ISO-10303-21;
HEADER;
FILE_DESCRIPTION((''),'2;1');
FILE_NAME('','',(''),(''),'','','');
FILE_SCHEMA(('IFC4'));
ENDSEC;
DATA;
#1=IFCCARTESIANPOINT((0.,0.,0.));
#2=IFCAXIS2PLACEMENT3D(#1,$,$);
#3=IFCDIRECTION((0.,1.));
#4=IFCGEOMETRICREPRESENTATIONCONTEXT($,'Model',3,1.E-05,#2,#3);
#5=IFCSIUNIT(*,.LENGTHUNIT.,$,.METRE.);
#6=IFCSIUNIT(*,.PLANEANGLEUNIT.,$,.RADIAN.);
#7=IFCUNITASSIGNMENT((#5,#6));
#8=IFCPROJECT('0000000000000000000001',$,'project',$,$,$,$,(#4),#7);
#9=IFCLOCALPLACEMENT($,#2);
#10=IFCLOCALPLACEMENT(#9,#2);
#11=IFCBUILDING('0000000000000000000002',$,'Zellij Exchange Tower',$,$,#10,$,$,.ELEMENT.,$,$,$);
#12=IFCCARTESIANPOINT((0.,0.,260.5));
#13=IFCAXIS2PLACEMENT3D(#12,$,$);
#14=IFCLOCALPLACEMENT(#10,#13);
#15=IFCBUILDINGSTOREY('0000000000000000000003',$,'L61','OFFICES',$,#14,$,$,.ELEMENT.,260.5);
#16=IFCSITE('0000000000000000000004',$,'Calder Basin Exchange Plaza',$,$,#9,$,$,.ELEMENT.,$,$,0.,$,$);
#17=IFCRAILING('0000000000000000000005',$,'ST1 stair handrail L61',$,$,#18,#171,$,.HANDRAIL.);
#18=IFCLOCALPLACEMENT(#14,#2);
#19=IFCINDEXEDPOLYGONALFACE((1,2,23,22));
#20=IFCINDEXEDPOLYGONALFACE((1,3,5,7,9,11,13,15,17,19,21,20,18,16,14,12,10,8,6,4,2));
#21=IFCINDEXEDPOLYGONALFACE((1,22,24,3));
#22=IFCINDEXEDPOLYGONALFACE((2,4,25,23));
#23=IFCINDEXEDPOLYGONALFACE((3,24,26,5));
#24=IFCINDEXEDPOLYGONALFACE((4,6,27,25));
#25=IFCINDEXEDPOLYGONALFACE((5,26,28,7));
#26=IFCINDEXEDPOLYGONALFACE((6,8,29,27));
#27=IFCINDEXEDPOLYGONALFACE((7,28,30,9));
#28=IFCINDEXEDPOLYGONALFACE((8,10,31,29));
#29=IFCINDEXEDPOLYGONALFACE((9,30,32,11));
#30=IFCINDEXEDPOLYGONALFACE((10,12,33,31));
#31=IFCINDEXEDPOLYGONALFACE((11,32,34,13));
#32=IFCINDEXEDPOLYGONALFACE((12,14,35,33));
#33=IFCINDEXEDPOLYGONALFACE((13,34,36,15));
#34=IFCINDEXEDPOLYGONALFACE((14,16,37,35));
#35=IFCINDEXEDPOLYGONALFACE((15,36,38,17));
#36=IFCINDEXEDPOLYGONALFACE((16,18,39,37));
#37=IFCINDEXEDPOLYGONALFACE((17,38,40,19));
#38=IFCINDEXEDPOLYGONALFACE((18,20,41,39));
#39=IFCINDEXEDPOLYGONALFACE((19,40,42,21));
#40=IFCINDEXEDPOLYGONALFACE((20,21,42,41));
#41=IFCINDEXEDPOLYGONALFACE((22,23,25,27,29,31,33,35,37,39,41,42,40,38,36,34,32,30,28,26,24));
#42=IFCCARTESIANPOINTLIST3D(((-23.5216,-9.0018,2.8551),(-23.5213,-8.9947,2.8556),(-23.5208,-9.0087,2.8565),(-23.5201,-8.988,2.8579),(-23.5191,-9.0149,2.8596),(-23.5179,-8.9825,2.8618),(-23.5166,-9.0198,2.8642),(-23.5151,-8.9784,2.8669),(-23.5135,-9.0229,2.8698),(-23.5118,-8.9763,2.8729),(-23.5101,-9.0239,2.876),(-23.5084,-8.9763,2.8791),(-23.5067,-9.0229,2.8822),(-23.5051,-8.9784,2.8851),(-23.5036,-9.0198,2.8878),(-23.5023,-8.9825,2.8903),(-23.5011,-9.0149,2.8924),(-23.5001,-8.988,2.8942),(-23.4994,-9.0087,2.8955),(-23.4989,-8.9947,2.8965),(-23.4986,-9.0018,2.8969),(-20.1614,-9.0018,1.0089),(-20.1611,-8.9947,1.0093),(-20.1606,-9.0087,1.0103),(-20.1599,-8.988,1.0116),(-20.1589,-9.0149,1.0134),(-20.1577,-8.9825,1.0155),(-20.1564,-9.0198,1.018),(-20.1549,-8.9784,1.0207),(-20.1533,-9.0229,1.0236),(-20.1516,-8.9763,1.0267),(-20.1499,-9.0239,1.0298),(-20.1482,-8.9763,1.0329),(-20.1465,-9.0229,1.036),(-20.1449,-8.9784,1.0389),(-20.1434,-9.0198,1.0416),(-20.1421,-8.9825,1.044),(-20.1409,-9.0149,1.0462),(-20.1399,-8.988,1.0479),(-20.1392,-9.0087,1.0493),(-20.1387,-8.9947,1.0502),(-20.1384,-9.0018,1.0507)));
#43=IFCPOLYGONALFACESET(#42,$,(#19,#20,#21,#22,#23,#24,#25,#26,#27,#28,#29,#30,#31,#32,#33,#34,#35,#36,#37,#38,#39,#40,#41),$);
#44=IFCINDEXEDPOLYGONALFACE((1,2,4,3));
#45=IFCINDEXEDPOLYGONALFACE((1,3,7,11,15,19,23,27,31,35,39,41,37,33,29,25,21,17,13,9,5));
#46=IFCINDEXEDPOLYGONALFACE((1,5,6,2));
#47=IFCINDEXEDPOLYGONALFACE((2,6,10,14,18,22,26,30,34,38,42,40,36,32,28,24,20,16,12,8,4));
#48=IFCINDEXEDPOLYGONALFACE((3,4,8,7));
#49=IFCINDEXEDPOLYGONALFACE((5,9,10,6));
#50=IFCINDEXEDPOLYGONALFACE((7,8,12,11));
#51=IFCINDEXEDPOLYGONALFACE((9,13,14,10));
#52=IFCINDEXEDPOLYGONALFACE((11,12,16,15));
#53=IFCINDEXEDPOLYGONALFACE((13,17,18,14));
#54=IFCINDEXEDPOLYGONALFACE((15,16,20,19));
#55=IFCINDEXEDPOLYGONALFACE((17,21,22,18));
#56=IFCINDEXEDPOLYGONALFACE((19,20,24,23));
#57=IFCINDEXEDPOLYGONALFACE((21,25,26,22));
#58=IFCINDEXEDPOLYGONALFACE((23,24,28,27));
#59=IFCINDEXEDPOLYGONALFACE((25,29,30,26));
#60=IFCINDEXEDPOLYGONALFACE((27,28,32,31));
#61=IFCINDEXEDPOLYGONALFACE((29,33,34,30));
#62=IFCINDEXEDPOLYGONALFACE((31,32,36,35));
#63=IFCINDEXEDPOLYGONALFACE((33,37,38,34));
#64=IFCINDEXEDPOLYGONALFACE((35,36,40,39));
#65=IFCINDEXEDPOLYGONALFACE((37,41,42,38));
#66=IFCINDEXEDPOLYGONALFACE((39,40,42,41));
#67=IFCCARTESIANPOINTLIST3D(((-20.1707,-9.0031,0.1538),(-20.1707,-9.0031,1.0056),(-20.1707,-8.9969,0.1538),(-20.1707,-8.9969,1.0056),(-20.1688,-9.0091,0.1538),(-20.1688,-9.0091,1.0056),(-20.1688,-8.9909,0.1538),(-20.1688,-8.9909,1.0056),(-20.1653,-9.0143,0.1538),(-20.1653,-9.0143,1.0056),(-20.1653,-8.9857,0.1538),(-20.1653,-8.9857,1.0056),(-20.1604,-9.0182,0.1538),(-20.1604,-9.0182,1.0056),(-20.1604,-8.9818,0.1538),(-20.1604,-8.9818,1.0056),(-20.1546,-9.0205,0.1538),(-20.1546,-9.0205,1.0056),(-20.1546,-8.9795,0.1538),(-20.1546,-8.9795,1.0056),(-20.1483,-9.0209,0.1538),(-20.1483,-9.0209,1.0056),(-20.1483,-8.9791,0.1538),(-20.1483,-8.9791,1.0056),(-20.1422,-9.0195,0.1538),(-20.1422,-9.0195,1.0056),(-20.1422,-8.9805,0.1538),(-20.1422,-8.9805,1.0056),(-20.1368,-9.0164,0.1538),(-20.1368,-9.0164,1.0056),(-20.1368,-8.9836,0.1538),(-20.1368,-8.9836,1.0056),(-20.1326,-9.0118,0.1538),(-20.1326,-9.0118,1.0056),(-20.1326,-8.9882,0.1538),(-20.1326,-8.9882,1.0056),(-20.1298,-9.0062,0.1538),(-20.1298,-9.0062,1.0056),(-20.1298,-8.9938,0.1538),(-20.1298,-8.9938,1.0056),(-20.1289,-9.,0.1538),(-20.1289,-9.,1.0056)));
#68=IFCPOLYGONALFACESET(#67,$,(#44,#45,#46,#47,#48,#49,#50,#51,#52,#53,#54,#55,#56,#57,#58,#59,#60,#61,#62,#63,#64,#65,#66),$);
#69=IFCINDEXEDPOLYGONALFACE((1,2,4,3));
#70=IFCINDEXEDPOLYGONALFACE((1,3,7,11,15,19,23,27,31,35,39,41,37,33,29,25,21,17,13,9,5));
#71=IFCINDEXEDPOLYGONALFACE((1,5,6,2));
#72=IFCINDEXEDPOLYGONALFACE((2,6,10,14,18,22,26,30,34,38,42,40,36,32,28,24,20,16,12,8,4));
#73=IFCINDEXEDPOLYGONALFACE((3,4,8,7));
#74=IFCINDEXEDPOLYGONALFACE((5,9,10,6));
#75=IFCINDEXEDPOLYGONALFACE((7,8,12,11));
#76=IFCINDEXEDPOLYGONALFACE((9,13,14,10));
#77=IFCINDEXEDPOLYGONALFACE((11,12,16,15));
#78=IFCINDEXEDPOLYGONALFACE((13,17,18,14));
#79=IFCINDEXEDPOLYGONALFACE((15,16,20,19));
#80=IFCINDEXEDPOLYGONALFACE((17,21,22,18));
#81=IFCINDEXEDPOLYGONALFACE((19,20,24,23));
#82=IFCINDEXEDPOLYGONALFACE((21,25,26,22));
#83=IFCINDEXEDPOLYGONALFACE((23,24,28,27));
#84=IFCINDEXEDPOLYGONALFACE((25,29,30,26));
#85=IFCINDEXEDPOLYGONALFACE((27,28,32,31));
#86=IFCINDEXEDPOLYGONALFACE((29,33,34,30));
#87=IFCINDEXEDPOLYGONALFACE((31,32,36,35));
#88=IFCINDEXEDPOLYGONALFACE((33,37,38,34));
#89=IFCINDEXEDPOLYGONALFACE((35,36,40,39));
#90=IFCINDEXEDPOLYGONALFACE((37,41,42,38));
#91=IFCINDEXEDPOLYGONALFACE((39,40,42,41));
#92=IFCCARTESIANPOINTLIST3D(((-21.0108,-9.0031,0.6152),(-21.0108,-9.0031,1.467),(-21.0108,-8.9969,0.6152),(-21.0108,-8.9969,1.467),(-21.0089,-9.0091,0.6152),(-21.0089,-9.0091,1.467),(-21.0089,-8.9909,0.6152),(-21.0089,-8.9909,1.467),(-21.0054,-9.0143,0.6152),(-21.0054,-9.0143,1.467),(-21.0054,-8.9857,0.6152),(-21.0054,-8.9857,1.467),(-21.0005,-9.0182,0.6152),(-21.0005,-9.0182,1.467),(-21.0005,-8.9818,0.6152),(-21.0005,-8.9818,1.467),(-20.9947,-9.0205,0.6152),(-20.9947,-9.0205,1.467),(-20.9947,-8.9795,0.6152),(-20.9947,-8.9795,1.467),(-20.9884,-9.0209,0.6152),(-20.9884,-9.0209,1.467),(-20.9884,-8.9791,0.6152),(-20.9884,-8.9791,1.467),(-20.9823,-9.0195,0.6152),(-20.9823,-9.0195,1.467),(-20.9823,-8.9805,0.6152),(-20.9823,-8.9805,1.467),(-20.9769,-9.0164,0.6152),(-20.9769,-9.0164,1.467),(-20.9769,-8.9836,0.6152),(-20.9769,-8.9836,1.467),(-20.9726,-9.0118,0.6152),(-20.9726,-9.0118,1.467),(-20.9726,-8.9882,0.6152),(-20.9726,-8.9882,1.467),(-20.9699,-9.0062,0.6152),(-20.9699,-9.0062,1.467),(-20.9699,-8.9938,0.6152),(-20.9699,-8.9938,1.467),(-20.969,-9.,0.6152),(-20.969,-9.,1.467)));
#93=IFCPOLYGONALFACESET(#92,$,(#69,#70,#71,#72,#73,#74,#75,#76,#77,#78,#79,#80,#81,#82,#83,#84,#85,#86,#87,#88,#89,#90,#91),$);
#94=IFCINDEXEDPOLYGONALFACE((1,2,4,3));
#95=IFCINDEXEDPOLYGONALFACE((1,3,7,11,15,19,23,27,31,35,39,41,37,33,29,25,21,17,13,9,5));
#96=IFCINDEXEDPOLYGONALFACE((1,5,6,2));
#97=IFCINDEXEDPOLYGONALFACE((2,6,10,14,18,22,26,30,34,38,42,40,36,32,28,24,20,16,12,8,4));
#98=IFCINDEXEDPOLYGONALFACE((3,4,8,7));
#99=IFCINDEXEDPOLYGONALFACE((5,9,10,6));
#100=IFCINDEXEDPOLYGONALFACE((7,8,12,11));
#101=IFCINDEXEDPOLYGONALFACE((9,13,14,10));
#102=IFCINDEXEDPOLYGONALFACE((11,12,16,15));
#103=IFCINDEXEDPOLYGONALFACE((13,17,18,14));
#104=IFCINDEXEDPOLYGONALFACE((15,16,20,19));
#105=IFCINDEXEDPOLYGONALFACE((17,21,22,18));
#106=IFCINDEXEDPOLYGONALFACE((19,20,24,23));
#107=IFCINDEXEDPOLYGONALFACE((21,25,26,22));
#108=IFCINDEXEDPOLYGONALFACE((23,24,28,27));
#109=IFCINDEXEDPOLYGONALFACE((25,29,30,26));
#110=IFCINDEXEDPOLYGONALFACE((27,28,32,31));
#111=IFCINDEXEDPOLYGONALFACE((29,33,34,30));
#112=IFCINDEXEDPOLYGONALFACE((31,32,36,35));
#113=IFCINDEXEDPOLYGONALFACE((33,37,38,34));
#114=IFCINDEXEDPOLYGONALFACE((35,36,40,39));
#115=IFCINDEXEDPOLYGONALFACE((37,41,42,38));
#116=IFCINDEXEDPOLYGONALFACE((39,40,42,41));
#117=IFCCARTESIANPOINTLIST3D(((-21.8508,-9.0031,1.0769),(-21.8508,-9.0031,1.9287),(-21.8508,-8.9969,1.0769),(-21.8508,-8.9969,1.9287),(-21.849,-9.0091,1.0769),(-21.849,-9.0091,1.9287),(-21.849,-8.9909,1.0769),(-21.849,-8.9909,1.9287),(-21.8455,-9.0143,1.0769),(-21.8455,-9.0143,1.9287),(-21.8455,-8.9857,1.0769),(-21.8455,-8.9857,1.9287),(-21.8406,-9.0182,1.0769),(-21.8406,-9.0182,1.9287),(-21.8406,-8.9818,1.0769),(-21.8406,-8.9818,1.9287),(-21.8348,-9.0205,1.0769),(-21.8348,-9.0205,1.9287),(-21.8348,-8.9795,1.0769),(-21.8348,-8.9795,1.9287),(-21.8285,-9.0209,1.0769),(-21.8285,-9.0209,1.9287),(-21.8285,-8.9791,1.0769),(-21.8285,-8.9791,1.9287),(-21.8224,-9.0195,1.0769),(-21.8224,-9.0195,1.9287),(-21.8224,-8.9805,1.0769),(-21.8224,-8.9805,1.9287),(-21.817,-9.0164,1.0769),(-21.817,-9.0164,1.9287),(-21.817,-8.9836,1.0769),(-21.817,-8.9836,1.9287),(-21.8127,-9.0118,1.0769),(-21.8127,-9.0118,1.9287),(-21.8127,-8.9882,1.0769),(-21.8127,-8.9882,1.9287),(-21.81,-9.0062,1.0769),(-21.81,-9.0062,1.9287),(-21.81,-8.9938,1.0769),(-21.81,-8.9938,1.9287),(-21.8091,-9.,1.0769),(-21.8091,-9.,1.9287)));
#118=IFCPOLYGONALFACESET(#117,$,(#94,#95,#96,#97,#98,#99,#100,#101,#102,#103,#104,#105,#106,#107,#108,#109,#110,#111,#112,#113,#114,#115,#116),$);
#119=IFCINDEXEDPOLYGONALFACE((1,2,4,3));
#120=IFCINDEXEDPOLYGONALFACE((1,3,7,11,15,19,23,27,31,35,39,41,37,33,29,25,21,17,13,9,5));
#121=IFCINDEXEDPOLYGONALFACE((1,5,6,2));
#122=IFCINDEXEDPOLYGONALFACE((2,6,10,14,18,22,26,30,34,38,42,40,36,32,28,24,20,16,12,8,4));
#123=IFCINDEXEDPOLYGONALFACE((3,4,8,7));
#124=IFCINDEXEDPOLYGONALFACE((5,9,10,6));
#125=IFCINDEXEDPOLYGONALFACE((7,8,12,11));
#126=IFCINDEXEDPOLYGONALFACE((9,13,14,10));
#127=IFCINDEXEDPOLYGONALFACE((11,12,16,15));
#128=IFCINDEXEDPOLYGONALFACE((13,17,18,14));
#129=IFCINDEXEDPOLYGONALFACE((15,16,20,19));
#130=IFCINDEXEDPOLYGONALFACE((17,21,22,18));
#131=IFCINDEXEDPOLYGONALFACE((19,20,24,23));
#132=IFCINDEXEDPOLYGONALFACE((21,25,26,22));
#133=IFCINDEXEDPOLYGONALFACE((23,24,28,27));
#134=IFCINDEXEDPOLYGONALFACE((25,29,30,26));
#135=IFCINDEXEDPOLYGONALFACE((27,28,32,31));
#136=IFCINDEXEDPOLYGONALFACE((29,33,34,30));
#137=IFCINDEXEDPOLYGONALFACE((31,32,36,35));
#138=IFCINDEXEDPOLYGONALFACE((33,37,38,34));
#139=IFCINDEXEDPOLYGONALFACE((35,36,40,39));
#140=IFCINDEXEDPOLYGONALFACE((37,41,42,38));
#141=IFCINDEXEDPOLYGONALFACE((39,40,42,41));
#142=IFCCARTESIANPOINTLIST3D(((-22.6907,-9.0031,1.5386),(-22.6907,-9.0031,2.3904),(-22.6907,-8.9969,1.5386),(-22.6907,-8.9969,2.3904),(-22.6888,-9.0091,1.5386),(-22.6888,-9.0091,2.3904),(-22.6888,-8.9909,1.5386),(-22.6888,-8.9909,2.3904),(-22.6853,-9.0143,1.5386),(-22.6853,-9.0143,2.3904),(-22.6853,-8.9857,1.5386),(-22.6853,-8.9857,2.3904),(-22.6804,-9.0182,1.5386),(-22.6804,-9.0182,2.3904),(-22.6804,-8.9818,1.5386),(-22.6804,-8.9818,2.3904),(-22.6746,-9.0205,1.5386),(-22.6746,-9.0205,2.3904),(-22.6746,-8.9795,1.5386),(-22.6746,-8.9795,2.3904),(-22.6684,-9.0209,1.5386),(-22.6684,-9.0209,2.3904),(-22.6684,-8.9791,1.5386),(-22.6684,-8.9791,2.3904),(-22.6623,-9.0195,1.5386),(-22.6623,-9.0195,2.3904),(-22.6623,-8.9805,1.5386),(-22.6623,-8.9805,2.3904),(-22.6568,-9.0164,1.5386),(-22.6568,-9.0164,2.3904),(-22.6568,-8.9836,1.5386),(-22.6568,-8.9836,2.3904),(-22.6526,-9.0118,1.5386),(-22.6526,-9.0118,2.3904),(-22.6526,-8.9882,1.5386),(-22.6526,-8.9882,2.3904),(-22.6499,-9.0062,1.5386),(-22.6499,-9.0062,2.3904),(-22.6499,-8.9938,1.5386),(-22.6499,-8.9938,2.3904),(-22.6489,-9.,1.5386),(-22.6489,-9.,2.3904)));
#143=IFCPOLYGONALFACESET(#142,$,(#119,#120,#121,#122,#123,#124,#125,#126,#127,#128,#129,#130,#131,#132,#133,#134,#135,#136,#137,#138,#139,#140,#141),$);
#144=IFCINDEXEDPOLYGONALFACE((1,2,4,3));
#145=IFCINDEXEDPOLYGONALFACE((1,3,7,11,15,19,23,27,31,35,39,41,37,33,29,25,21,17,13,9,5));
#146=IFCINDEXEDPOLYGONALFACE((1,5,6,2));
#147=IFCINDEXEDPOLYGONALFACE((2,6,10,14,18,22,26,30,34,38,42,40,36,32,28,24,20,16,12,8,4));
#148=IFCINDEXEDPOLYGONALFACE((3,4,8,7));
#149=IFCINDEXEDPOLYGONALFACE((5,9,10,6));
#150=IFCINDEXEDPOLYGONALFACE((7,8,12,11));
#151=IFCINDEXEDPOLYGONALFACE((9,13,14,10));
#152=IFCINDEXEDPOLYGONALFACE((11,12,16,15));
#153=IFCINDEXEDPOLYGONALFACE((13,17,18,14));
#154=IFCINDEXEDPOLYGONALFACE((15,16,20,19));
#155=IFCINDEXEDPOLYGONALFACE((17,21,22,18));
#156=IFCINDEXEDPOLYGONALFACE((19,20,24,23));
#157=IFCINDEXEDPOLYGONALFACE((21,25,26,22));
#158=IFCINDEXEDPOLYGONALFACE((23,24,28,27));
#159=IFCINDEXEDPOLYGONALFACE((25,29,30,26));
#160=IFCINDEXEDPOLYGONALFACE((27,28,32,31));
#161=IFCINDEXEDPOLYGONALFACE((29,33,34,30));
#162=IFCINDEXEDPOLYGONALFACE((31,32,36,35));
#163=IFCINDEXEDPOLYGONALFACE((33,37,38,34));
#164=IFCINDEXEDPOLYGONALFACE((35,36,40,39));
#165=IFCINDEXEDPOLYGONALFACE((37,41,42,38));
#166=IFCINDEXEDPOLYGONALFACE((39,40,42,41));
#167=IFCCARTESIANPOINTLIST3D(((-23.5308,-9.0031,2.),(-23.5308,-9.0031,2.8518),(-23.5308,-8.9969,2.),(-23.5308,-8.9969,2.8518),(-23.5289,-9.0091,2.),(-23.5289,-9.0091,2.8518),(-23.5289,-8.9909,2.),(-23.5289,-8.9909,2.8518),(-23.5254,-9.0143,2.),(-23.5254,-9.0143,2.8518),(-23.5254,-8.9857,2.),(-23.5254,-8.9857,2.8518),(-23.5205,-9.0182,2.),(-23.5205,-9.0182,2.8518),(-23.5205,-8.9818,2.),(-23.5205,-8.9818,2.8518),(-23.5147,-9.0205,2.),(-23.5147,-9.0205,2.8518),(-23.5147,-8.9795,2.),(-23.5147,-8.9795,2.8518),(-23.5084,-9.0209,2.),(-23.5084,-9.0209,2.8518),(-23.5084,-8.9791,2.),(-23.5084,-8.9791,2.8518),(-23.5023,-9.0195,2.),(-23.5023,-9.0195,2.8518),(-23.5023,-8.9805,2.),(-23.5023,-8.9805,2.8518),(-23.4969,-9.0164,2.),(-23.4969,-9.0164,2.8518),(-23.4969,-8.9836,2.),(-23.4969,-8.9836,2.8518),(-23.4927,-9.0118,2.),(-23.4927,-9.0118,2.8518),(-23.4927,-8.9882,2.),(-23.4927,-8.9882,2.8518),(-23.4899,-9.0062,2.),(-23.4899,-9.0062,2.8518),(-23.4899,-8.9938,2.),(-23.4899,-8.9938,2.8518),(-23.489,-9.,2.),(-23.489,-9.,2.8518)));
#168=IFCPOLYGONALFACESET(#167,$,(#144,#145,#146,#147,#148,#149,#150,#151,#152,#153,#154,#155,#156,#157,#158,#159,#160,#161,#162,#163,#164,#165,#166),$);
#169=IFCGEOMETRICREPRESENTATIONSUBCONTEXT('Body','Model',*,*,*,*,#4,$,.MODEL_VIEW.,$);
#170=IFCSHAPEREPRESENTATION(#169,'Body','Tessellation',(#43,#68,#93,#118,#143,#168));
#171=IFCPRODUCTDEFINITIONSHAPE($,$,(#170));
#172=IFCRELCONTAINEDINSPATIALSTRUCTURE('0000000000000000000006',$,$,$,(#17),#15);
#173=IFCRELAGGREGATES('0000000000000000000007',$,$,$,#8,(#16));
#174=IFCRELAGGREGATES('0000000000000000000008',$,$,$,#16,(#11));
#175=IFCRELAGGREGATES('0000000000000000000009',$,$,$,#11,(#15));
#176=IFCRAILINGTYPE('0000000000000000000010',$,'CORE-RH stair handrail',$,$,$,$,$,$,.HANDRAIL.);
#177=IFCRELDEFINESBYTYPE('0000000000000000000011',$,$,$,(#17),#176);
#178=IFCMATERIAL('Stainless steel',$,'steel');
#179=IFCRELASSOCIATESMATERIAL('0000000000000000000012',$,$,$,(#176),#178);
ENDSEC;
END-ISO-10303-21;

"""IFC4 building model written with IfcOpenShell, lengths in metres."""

from ifc_helpers import new_model, si_unit, direction, frame, origin, origin_2d, place, context, subcontext, project, spatial, circle, extrude, material, type_object, element, save


model = new_model("IFC4")

# Units and contexts
model_context = context("Model", 3, precision=1e-05, world=origin(), true_north=direction((0.0, 1.0)))
body_context = subcontext(model_context, "Body", "Model", "MODEL_VIEW")
ifc_project = project(units=[si_unit("LENGTHUNIT", "METRE"), si_unit("PLANEANGLEUNIT", "RADIAN")], contexts=[model_context])

# Site, building, storey
site_placement = place(None, origin())
site = spatial("IfcSite", under=ifc_project, at=site_placement, Name="Calder Basin Exchange Plaza", CompositionType="ELEMENT", RefElevation=0.0)
building_placement = place(site_placement, origin())
building = spatial("IfcBuilding", under=site, at=building_placement, Name="Zellij Exchange Tower", CompositionType="ELEMENT")
storey_placement = place(building_placement, frame((0.0, 0.0, 260.5)))
storey = spatial("IfcBuildingStorey", under=building, at=storey_placement, Name="L61", Description="OFFICES", CompositionType="ELEMENT", Elevation=260.5)

# Railing
ifc_material_1 = material(Name="Stainless steel", Category="steel")
railing_type_1 = type_object("IfcRailingType", Name="CORE-RH stair handrail", PredefinedType="HANDRAIL", material=ifc_material_1)
railing_1_placement = place(storey_placement, frame((-20.1499, -9.0, 0.1538)))
element("IfcRailing", 1, at=railing_1_placement, inside=storey, type_object=railing_type_1, Name="ST1 stair handrail L61", PredefinedType="HANDRAIL", context=body_context, shape_type="SweptSolid", body=[
    extrude(circle(Radius=0.0239, at=origin_2d()), frame((0.0, 0.0, 0.876), z_axis=(-0.876422, 0.0, 0.481545), x_axis=(0.0, -1.0, 0.0)), (0.0, 0.0, 1.0), 3.834),
    extrude(circle(Radius=0.021, at=origin_2d()), origin(), (0.0, 0.0, 1.0), 0.8518),
    extrude(circle(Radius=0.021, at=origin_2d()), frame((-0.8401, 0.0, 0.4614)), (0.0, 0.0, 1.0), 0.8518),
    extrude(circle(Radius=0.021, at=origin_2d()), frame((-1.6802, 0.0, 0.9231)), (0.0, 0.0, 1.0), 0.8518),
    extrude(circle(Radius=0.021, at=origin_2d()), frame((-2.52, 0.0, 1.3848)), (0.0, 0.0, 1.0), 0.8518),
    extrude(circle(Radius=0.021, at=origin_2d()), frame((-3.3601, 0.0, 1.8462)), (0.0, 0.0, 1.0), 0.8518),
])

save(model, "model.ifc")
